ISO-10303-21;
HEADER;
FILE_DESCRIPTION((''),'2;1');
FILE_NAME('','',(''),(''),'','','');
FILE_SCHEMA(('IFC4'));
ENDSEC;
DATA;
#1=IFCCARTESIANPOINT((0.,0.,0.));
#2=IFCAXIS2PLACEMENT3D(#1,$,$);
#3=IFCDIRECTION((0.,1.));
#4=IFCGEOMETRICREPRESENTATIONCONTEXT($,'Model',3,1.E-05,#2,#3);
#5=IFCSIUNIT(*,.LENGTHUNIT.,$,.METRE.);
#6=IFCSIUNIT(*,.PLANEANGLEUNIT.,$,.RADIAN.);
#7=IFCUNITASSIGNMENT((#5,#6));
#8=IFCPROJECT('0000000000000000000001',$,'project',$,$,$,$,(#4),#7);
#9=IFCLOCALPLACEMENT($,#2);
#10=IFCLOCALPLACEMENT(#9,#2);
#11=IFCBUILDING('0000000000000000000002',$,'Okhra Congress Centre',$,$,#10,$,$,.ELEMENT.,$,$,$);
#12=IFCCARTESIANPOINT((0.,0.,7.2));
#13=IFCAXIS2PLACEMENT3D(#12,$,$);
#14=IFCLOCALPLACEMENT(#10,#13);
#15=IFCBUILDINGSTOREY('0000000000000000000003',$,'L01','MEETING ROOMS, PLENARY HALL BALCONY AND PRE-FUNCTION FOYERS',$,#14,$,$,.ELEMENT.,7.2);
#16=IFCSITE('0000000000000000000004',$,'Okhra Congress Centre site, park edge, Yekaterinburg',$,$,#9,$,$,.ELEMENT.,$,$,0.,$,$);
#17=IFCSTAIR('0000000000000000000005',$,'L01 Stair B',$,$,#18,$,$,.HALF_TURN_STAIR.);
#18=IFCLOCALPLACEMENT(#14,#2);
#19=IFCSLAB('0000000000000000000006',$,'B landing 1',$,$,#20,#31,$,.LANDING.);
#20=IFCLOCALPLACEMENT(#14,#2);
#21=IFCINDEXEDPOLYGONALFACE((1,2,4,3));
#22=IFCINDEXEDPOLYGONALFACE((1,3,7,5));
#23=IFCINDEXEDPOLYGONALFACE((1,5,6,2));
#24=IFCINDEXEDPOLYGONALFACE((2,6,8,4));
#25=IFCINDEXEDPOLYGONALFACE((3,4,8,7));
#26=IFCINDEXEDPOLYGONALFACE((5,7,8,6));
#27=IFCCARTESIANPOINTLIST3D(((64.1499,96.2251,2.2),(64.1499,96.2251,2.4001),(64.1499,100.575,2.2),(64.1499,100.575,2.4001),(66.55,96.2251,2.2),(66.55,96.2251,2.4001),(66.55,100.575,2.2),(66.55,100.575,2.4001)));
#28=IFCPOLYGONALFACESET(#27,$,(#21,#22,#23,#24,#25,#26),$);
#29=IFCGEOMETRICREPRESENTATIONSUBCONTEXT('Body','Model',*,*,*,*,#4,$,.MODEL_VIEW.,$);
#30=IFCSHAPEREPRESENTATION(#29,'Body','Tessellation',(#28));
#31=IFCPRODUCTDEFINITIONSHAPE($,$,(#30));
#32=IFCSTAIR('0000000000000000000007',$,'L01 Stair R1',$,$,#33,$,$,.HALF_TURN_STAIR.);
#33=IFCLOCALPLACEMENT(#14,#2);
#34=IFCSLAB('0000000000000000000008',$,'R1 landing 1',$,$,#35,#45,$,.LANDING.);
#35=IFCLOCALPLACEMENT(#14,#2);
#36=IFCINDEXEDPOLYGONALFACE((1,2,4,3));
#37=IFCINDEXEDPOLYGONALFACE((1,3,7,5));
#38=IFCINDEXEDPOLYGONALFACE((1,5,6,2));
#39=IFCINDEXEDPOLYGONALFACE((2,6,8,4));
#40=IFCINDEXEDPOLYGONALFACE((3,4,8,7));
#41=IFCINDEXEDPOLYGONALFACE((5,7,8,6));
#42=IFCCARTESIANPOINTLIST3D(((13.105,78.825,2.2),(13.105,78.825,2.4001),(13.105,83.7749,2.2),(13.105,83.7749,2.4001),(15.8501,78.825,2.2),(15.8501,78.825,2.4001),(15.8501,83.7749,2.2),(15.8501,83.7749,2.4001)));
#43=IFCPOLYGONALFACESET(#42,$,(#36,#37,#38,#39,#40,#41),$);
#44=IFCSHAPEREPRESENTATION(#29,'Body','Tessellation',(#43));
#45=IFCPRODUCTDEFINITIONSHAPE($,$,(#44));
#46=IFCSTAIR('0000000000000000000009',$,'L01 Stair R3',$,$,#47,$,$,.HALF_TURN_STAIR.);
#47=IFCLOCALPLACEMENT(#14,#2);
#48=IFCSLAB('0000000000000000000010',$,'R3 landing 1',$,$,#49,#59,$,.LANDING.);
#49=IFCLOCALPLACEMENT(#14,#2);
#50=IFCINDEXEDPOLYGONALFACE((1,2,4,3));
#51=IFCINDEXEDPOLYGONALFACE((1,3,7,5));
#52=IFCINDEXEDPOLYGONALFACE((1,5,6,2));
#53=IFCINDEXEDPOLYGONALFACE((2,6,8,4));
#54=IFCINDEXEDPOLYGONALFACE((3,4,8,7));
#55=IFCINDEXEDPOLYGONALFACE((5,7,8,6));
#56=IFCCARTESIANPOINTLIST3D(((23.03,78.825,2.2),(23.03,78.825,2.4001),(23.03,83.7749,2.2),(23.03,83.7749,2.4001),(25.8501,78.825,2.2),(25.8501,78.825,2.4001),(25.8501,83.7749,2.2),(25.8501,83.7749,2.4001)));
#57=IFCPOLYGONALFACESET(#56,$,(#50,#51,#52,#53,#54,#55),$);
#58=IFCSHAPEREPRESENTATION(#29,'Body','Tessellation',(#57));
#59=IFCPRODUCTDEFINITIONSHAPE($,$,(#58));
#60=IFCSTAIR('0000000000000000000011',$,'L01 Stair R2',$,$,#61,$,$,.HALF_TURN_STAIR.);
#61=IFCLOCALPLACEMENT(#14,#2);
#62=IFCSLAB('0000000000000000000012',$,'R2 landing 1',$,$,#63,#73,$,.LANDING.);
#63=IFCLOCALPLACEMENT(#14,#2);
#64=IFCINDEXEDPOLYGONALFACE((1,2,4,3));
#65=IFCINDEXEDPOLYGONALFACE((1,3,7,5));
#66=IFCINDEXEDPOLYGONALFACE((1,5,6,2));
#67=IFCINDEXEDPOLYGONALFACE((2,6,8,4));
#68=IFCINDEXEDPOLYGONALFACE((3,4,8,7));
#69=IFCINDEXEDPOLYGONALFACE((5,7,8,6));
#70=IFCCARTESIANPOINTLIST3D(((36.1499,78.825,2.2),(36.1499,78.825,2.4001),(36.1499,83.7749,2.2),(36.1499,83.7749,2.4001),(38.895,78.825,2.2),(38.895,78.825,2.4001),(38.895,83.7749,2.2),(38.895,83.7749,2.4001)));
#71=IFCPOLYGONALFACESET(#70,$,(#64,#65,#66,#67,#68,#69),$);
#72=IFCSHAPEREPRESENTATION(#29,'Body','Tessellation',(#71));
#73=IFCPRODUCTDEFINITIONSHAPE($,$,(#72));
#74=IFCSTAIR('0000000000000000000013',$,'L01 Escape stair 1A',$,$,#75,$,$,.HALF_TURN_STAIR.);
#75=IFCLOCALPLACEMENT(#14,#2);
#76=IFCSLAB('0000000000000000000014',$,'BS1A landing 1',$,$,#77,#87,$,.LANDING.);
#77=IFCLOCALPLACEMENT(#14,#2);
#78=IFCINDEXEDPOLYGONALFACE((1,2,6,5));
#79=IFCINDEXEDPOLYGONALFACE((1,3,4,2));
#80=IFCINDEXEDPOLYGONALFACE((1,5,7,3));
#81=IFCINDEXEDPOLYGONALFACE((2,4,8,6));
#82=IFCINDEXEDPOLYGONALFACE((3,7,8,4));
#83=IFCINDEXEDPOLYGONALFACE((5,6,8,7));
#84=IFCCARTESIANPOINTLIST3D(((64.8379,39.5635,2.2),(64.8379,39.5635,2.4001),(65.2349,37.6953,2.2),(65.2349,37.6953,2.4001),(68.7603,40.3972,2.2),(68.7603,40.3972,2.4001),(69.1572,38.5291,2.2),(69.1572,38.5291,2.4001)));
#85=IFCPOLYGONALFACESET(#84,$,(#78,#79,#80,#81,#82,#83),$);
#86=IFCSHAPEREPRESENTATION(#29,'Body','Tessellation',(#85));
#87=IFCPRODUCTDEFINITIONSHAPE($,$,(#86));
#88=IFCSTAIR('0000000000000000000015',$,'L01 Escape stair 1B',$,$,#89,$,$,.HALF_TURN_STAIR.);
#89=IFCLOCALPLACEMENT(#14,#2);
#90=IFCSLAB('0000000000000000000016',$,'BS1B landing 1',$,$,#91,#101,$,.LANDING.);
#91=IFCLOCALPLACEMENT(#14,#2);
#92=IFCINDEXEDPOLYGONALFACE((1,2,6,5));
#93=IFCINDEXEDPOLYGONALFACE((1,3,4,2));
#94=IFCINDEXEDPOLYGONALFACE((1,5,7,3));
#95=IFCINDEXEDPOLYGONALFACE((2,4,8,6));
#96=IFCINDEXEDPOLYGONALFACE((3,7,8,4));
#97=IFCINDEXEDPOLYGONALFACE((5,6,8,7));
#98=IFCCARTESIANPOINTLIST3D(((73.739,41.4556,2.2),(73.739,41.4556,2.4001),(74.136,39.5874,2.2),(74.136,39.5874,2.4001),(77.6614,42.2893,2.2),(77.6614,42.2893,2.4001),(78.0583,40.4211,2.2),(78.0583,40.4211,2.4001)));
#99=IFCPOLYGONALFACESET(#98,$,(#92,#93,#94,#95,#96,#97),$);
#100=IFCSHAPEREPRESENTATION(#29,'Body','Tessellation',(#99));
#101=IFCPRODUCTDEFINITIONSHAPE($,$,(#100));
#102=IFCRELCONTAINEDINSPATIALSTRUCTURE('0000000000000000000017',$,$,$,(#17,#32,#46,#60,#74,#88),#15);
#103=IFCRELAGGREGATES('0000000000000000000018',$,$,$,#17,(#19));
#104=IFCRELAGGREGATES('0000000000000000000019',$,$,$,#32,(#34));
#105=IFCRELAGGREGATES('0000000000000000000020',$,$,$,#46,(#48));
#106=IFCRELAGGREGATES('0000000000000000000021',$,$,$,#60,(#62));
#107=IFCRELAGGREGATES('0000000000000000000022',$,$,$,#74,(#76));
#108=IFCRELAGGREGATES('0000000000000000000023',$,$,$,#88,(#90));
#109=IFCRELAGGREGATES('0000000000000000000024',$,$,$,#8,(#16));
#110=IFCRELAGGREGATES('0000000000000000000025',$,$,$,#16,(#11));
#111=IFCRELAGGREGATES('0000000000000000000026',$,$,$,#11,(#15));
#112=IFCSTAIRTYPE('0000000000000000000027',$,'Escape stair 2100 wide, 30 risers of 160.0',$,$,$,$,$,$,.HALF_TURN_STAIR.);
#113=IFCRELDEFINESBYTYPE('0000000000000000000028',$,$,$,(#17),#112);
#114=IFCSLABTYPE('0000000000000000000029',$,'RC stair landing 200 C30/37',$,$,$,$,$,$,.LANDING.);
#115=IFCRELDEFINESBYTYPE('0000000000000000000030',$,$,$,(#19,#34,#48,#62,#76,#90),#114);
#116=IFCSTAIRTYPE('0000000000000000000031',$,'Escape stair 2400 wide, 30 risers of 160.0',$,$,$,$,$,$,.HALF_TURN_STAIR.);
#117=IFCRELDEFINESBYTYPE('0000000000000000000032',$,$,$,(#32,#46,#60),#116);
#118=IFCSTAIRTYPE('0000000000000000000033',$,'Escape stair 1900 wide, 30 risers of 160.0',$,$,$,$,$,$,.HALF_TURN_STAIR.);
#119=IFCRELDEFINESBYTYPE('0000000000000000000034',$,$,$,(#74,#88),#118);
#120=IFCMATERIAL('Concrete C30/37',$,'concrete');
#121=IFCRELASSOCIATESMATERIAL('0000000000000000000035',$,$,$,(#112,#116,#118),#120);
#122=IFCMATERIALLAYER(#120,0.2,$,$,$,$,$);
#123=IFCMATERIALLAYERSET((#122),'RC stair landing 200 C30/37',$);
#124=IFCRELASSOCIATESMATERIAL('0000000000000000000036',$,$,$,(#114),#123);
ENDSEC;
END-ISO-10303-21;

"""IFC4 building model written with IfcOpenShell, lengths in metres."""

from ifc_helpers import new_model, si_unit, direction, frame, origin, place, context, subcontext, project, spatial, polyline, outline, extrude, material, layer, layer_set, type_object, element, aggregate, save


model = new_model("IFC4")

# Units and contexts
model_context = context("Model", 3, precision=1e-05, world=origin(), true_north=direction((0.0, 1.0)))
body_context = subcontext(model_context, "Body", "Model", "MODEL_VIEW")
ifc_project = project(units=[si_unit("LENGTHUNIT", "METRE"), si_unit("PLANEANGLEUNIT", "RADIAN")], contexts=[model_context])

# Site, building, storey
site_placement = place(None, origin())
site = spatial("IfcSite", under=ifc_project, at=site_placement, Name="Okhra Congress Centre site, park edge, Yekaterinburg", CompositionType="ELEMENT", RefElevation=0.0)
building_placement = place(site_placement, origin())
building = spatial("IfcBuilding", under=site, at=building_placement, Name="Okhra Congress Centre", CompositionType="ELEMENT")
storey_placement = place(building_placement, frame((0.0, 0.0, 7.2)))
storey = spatial("IfcBuildingStorey", under=building, at=storey_placement, Name="L01", Description="MEETING ROOMS, PLENARY HALL BALCONY AND PRE-FUNCTION FOYERS", CompositionType="ELEMENT", Elevation=7.2)

# Stairs, slabs
ifc_material_1 = material(Name="Concrete C30/37", Category="concrete")
stair_type_1 = type_object("IfcStairType", Name="Escape stair 2100 wide, 30 risers of 160.0", PredefinedType="HALF_TURN_STAIR", material=ifc_material_1)
ifc_layer = layer(ifc_material_1, 0.2)
ifc_layer_set = layer_set([ifc_layer], Name="RC stair landing 200 C30/37")
slab_type_1 = type_object("IfcSlabType", Name="RC stair landing 200 C30/37", PredefinedType="LANDING", material=ifc_layer_set)
stair_1_placement = place(storey_placement, origin())
stair_1 = element("IfcStair", 1, at=stair_1_placement, inside=storey, type_object=stair_type_1, Name="L01 Stair B", PredefinedType="HALF_TURN_STAIR")
slab_1_placement = place(storey_placement, frame((0.0, 0.0, 2.2)))
slab_1 = element("IfcSlab", 2, at=slab_1_placement, type_object=slab_type_1, Name="B landing 1", PredefinedType="LANDING", context=body_context, shape_type="SweptSolid", body=[
    extrude(outline(polyline([(66.55, 100.575), (64.1499, 100.575), (64.1499, 96.2251), (66.55, 96.2251), (66.55, 100.575)])), origin(), (0.0, 0.0, 1.0), 0.2002),
])
aggregate(stair_1, [slab_1])
stair_type_2 = type_object("IfcStairType", Name="Escape stair 2400 wide, 30 risers of 160.0", PredefinedType="HALF_TURN_STAIR", material=ifc_material_1)
stair_2_placement = place(storey_placement, origin())
stair_2 = element("IfcStair", 3, at=stair_2_placement, inside=storey, type_object=stair_type_2, Name="L01 Stair R1", PredefinedType="HALF_TURN_STAIR")
slab_2_placement = place(storey_placement, frame((0.0, 0.0, 2.2)))
slab_2 = element("IfcSlab", 4, at=slab_2_placement, type_object=slab_type_1, Name="R1 landing 1", PredefinedType="LANDING", context=body_context, shape_type="SweptSolid", body=[
    extrude(outline(polyline([(13.105, 78.825), (15.8501, 78.825), (15.8501, 83.7749), (13.105, 83.7749), (13.105, 78.825)])), origin(), (0.0, 0.0, 1.0), 0.2002),
])
aggregate(stair_2, [slab_2])
stair_3_placement = place(storey_placement, origin())
stair_3 = element("IfcStair", 5, at=stair_3_placement, inside=storey, type_object=stair_type_2, Name="L01 Stair R3", PredefinedType="HALF_TURN_STAIR")
slab_3_placement = place(storey_placement, frame((0.0, 0.0, 2.2)))
slab_3 = element("IfcSlab", 6, at=slab_3_placement, type_object=slab_type_1, Name="R3 landing 1", PredefinedType="LANDING", context=body_context, shape_type="SweptSolid", body=[
    extrude(outline(polyline([(23.03, 78.825), (25.8501, 78.825), (25.8501, 83.7749), (23.03, 83.7749), (23.03, 78.825)])), origin(), (0.0, 0.0, 1.0), 0.2002),
])
aggregate(stair_3, [slab_3])
stair_4_placement = place(storey_placement, origin())
stair_4 = element("IfcStair", 7, at=stair_4_placement, inside=storey, type_object=stair_type_2, Name="L01 Stair R2", PredefinedType="HALF_TURN_STAIR")
slab_4_placement = place(storey_placement, frame((0.0, 0.0, 2.2)))
slab_4 = element("IfcSlab", 8, at=slab_4_placement, type_object=slab_type_1, Name="R2 landing 1", PredefinedType="LANDING", context=body_context, shape_type="SweptSolid", body=[
    extrude(outline(polyline([(38.895, 83.7749), (36.1499, 83.7749), (36.1499, 78.825), (38.895, 78.825), (38.895, 83.7749)])), origin(), (0.0, 0.0, 1.0), 0.2002),
])
aggregate(stair_4, [slab_4])
stair_type_3 = type_object("IfcStairType", Name="Escape stair 1900 wide, 30 risers of 160.0", PredefinedType="HALF_TURN_STAIR", material=ifc_material_1)
stair_5_placement = place(storey_placement, origin())
stair_5 = element("IfcStair", 9, at=stair_5_placement, inside=storey, type_object=stair_type_3, Name="L01 Escape stair 1A", PredefinedType="HALF_TURN_STAIR")
slab_5_placement = place(storey_placement, frame((0.0, 0.0, 2.2)))
slab_5 = element("IfcSlab", 10, at=slab_5_placement, type_object=slab_type_1, Name="BS1A landing 1", PredefinedType="LANDING", context=body_context, shape_type="SweptSolid", body=[
    extrude(outline(polyline([(69.1572, 38.5291), (65.2349, 37.6953), (64.8379, 39.5635), (68.7603, 40.3972), (69.1572, 38.5291)])), origin(), (0.0, 0.0, 1.0), 0.2002),
])
aggregate(stair_5, [slab_5])
stair_6_placement = place(storey_placement, origin())
stair_6 = element("IfcStair", 11, at=stair_6_placement, inside=storey, type_object=stair_type_3, Name="L01 Escape stair 1B", PredefinedType="HALF_TURN_STAIR")
slab_6_placement = place(storey_placement, frame((0.0, 0.0, 2.2)))
slab_6 = element("IfcSlab", 12, at=slab_6_placement, type_object=slab_type_1, Name="BS1B landing 1", PredefinedType="LANDING", context=body_context, shape_type="SweptSolid", body=[
    extrude(outline(polyline([(78.0583, 40.4211), (74.136, 39.5874), (73.739, 41.4556), (77.6614, 42.2893), (78.0583, 40.4211)])), origin(), (0.0, 0.0, 1.0), 0.2002),
])
aggregate(stair_6, [slab_6])

save(model, "model.ifc")
